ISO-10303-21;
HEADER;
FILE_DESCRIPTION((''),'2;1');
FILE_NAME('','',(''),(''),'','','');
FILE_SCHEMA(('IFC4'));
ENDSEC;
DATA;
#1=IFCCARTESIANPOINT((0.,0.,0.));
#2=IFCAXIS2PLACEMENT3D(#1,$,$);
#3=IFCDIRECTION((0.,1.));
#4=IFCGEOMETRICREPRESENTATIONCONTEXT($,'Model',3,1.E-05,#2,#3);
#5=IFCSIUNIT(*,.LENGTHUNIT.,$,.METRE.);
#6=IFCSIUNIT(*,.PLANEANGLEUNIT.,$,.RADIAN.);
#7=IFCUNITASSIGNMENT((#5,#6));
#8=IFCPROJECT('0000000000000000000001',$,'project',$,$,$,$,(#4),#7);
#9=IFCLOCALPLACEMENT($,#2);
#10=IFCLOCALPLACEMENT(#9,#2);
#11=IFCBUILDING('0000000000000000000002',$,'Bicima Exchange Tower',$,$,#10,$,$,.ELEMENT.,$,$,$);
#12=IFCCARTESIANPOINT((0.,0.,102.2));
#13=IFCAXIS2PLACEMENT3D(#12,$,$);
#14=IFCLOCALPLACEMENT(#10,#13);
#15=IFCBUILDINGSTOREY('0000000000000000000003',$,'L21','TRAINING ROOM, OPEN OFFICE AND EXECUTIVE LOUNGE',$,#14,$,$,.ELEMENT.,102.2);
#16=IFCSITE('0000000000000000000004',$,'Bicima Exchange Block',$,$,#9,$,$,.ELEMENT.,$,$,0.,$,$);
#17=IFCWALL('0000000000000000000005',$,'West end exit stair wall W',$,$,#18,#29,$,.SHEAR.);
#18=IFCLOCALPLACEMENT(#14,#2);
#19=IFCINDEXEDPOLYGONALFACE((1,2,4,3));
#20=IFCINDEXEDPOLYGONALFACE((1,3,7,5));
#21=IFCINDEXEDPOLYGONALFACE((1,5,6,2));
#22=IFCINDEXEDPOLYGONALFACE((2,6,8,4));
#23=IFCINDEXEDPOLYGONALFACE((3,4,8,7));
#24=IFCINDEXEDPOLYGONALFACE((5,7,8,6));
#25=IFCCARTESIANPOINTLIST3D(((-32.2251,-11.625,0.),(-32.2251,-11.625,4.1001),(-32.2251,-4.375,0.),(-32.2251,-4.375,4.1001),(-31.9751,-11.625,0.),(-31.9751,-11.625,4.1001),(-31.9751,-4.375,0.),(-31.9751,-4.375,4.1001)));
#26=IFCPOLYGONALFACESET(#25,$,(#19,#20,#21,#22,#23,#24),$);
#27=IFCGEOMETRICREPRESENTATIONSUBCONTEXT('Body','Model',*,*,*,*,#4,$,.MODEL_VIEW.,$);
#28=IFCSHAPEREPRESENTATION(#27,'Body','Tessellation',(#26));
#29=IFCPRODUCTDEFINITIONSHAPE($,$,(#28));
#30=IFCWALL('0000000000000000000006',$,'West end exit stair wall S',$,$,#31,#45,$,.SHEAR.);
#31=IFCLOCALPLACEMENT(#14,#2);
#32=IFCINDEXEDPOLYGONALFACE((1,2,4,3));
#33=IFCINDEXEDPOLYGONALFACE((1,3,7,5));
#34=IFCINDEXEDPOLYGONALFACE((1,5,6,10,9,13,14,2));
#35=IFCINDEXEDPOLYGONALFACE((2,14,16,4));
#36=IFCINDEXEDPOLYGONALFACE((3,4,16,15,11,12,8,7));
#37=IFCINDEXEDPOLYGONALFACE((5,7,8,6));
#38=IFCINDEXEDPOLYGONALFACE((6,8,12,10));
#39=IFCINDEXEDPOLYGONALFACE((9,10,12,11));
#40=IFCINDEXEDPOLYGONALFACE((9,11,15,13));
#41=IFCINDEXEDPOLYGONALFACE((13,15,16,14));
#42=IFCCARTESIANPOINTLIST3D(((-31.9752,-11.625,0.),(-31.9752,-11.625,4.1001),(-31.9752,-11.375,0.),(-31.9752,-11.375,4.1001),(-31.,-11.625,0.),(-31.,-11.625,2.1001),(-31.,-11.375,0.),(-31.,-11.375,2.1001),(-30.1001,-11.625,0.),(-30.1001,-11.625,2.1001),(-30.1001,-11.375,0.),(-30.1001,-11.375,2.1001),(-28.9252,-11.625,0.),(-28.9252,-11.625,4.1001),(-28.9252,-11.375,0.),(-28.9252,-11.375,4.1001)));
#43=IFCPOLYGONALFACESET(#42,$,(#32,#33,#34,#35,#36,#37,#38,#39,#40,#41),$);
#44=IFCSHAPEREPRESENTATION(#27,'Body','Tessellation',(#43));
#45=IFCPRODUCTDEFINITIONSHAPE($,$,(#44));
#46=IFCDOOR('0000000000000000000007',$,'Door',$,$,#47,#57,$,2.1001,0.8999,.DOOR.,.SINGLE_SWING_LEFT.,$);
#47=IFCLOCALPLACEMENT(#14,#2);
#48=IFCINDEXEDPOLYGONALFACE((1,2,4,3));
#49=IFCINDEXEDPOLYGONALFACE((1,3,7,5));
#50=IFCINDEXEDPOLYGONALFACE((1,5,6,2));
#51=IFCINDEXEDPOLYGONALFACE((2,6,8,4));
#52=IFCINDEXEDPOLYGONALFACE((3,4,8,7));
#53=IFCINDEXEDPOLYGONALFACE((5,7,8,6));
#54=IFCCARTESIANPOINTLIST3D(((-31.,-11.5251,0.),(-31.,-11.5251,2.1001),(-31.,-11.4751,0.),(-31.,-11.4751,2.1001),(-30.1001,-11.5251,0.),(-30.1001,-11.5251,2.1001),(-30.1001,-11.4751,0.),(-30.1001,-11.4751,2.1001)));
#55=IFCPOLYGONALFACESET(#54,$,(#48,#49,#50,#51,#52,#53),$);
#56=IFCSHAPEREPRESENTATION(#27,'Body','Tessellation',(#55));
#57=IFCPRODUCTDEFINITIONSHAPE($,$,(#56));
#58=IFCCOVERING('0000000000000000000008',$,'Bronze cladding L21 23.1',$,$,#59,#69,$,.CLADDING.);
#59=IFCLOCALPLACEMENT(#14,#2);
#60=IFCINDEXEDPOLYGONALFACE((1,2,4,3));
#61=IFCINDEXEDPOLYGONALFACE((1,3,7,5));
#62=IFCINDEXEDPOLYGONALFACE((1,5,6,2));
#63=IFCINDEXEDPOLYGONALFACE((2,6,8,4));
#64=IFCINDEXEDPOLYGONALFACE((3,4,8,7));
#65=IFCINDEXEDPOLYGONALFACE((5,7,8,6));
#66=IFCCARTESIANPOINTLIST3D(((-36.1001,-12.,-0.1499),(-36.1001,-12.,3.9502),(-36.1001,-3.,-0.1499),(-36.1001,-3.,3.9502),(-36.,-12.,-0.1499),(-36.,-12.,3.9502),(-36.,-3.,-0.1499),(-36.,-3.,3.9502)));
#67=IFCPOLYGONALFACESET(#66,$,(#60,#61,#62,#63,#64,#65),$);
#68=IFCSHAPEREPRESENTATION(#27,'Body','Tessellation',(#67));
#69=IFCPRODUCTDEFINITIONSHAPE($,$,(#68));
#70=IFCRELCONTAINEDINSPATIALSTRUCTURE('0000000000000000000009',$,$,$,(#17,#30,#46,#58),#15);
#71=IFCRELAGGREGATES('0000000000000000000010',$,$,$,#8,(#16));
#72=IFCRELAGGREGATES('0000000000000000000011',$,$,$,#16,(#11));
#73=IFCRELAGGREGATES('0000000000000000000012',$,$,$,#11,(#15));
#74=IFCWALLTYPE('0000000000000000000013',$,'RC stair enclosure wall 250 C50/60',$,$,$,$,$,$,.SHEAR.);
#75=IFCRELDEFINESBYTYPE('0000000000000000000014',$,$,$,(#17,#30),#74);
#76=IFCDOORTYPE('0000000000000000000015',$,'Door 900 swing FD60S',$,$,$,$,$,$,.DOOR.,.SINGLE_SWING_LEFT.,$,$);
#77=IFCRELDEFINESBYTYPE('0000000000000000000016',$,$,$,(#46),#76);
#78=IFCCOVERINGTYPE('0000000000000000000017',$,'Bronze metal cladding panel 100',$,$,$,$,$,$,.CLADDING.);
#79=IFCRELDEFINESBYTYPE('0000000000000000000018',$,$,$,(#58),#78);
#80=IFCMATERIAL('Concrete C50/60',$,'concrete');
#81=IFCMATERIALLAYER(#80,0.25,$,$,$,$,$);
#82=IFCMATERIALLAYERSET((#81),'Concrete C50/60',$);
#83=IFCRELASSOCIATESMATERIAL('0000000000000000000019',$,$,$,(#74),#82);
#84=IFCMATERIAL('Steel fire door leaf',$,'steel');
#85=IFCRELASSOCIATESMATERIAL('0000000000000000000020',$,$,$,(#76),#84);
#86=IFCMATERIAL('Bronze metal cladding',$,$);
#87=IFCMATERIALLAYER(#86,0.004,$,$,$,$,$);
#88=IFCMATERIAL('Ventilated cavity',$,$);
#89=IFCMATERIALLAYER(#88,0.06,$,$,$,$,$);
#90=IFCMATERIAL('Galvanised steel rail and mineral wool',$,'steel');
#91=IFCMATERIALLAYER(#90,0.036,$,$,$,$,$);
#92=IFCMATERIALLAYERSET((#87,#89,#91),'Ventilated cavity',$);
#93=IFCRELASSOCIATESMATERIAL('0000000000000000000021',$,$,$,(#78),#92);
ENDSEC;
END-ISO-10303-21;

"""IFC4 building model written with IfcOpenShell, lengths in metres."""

from ifc_helpers import new_model, si_unit, direction, frame, frame_2d, origin, origin_2d, place, context, subcontext, project, spatial, rectangle, extrude, material, layer, layer_set, type_object, element, fill, save


model = new_model("IFC4")

# Units and contexts
model_context = context("Model", 3, precision=1e-05, world=origin(), true_north=direction((0.0, 1.0)))
body_context = subcontext(model_context, "Body", "Model", "MODEL_VIEW")
ifc_project = project(units=[si_unit("LENGTHUNIT", "METRE"), si_unit("PLANEANGLEUNIT", "RADIAN")], contexts=[model_context])

# Site, building, storey
site_placement = place(None, origin())
site = spatial("IfcSite", under=ifc_project, at=site_placement, Name="Bicima Exchange Block", CompositionType="ELEMENT", RefElevation=0.0)
building_placement = place(site_placement, origin())
building = spatial("IfcBuilding", under=site, at=building_placement, Name="Bicima Exchange Tower", CompositionType="ELEMENT")
storey_placement = place(building_placement, frame((0.0, 0.0, 102.2)))
storey = spatial("IfcBuildingStorey", under=building, at=storey_placement, Name="L21", Description="TRAINING ROOM, OPEN OFFICE AND EXECUTIVE LOUNGE", CompositionType="ELEMENT", Elevation=102.2)

# Shared definitions
ifc_material_1 = material(Name="Steel fire door leaf", Category="steel")

# Wall
ifc_material_2 = material(Name="Concrete C50/60", Category="concrete")
ifc_layer_1 = layer(ifc_material_2, 0.25)
ifc_layer_set_1 = layer_set([ifc_layer_1], Name="Concrete C50/60")
wall_type_1 = type_object("IfcWallType", Name="RC stair enclosure wall 250 C50/60", PredefinedType="SHEAR", material=ifc_layer_set_1)
wall_1_placement = place(storey_placement, frame((-32.1001, -11.625, 0.0), z_axis=(0.0, 0.0, 1.0), x_axis=(0.0, 1.0, 0.0)))
element("IfcWall", 1, at=wall_1_placement, inside=storey, type_object=wall_type_1, Name="West end exit stair wall W", PredefinedType="SHEAR", context=body_context, shape_type="SweptSolid", body=[
    extrude(rectangle(XDim=7.25, YDim=0.25, at=frame_2d((3.625, 0.0))), origin(), (0.0, 0.0, 1.0), 4.1001),
])

# Wall, opening, door
wall_2_placement = place(storey_placement, frame((-31.9751, -11.5, 0.0), z_axis=(0.0, 0.0, 1.0), x_axis=(1.0, 0.0, 0.0)))
wall_2 = element("IfcWall", 2, at=wall_2_placement, inside=storey, type_object=wall_type_1, Name="West end exit stair wall S", PredefinedType="SHEAR", context=body_context, shape_type="SweptSolid", body=[
    extrude(rectangle(XDim=3.05, YDim=0.25, at=frame_2d((1.5249, 0.0))), origin(), (0.0, 0.0, 1.0), 4.1001),
])
opening_1_placement = place(wall_2_placement, frame((0.9751, 0.0, 0.0)))
opening_1 = element("IfcOpeningElement", 3, at=opening_1_placement, cuts=wall_2, PredefinedType="OPENING", context=body_context, shape_type="SweptSolid", body=[
    extrude(rectangle(XDim=0.8999, YDim=2.1001, at=frame_2d((0.45, 1.05))), frame((0.0, 0.137, 0.0), z_axis=(0.0, -1.0, 0.0), x_axis=(1.0, 0.0, 0.0)), (0.0, 0.0, 1.0), 0.2739),
])
door_type_1 = type_object("IfcDoorType", Name="Door 900 swing FD60S", OperationType="SINGLE_SWING_LEFT", PredefinedType="DOOR", material=ifc_material_1)
door_1_placement = place(opening_1_placement, origin())
door_1 = element("IfcDoor", 4, at=door_1_placement, inside=storey, type_object=door_type_1, Name="Door", OperationType="SINGLE_SWING_LEFT", OverallHeight=2.1001, OverallWidth=0.8999, PredefinedType="DOOR", context=body_context, shape_type="SweptSolid", body=[
    extrude(rectangle(XDim=0.8999, YDim=2.1001, at=frame_2d((0.45, 1.05))), frame((0.0, 0.0249, 0.0), z_axis=(0.0, -1.0, 0.0), x_axis=(1.0, 0.0, 0.0)), (0.0, 0.0, 1.0), 0.05),
])
fill(opening_1, door_1)

# Covering
ifc_material_3 = material(Name="Bronze metal cladding")
ifc_layer_2 = layer(ifc_material_3, 0.004)
ifc_material_4 = material(Name="Ventilated cavity")
ifc_layer_3 = layer(ifc_material_4, 0.06)
ifc_material_5 = material(Name="Galvanised steel rail and mineral wool", Category="steel")
ifc_layer_4 = layer(ifc_material_5, 0.036)
ifc_layer_set_2 = layer_set([ifc_layer_2, ifc_layer_3, ifc_layer_4], Name="Ventilated cavity")
covering_type = type_object("IfcCoveringType", Name="Bronze metal cladding panel 100", PredefinedType="CLADDING", material=ifc_layer_set_2)
covering_placement = place(storey_placement, frame((-36.05, -7.5, -0.1499), z_axis=(0.0, 0.0, 1.0), x_axis=(0.0, -1.0, 0.0)))
element("IfcCovering", 5, at=covering_placement, inside=storey, type_object=covering_type, Name="Bronze cladding L21 23.1", PredefinedType="CLADDING", context=body_context, shape_type="SweptSolid", body=[
    extrude(rectangle(XDim=9.0, YDim=0.1001, at=origin_2d()), origin(), (0.0, 0.0, 1.0), 4.1001),
])

save(model, "model.ifc")
